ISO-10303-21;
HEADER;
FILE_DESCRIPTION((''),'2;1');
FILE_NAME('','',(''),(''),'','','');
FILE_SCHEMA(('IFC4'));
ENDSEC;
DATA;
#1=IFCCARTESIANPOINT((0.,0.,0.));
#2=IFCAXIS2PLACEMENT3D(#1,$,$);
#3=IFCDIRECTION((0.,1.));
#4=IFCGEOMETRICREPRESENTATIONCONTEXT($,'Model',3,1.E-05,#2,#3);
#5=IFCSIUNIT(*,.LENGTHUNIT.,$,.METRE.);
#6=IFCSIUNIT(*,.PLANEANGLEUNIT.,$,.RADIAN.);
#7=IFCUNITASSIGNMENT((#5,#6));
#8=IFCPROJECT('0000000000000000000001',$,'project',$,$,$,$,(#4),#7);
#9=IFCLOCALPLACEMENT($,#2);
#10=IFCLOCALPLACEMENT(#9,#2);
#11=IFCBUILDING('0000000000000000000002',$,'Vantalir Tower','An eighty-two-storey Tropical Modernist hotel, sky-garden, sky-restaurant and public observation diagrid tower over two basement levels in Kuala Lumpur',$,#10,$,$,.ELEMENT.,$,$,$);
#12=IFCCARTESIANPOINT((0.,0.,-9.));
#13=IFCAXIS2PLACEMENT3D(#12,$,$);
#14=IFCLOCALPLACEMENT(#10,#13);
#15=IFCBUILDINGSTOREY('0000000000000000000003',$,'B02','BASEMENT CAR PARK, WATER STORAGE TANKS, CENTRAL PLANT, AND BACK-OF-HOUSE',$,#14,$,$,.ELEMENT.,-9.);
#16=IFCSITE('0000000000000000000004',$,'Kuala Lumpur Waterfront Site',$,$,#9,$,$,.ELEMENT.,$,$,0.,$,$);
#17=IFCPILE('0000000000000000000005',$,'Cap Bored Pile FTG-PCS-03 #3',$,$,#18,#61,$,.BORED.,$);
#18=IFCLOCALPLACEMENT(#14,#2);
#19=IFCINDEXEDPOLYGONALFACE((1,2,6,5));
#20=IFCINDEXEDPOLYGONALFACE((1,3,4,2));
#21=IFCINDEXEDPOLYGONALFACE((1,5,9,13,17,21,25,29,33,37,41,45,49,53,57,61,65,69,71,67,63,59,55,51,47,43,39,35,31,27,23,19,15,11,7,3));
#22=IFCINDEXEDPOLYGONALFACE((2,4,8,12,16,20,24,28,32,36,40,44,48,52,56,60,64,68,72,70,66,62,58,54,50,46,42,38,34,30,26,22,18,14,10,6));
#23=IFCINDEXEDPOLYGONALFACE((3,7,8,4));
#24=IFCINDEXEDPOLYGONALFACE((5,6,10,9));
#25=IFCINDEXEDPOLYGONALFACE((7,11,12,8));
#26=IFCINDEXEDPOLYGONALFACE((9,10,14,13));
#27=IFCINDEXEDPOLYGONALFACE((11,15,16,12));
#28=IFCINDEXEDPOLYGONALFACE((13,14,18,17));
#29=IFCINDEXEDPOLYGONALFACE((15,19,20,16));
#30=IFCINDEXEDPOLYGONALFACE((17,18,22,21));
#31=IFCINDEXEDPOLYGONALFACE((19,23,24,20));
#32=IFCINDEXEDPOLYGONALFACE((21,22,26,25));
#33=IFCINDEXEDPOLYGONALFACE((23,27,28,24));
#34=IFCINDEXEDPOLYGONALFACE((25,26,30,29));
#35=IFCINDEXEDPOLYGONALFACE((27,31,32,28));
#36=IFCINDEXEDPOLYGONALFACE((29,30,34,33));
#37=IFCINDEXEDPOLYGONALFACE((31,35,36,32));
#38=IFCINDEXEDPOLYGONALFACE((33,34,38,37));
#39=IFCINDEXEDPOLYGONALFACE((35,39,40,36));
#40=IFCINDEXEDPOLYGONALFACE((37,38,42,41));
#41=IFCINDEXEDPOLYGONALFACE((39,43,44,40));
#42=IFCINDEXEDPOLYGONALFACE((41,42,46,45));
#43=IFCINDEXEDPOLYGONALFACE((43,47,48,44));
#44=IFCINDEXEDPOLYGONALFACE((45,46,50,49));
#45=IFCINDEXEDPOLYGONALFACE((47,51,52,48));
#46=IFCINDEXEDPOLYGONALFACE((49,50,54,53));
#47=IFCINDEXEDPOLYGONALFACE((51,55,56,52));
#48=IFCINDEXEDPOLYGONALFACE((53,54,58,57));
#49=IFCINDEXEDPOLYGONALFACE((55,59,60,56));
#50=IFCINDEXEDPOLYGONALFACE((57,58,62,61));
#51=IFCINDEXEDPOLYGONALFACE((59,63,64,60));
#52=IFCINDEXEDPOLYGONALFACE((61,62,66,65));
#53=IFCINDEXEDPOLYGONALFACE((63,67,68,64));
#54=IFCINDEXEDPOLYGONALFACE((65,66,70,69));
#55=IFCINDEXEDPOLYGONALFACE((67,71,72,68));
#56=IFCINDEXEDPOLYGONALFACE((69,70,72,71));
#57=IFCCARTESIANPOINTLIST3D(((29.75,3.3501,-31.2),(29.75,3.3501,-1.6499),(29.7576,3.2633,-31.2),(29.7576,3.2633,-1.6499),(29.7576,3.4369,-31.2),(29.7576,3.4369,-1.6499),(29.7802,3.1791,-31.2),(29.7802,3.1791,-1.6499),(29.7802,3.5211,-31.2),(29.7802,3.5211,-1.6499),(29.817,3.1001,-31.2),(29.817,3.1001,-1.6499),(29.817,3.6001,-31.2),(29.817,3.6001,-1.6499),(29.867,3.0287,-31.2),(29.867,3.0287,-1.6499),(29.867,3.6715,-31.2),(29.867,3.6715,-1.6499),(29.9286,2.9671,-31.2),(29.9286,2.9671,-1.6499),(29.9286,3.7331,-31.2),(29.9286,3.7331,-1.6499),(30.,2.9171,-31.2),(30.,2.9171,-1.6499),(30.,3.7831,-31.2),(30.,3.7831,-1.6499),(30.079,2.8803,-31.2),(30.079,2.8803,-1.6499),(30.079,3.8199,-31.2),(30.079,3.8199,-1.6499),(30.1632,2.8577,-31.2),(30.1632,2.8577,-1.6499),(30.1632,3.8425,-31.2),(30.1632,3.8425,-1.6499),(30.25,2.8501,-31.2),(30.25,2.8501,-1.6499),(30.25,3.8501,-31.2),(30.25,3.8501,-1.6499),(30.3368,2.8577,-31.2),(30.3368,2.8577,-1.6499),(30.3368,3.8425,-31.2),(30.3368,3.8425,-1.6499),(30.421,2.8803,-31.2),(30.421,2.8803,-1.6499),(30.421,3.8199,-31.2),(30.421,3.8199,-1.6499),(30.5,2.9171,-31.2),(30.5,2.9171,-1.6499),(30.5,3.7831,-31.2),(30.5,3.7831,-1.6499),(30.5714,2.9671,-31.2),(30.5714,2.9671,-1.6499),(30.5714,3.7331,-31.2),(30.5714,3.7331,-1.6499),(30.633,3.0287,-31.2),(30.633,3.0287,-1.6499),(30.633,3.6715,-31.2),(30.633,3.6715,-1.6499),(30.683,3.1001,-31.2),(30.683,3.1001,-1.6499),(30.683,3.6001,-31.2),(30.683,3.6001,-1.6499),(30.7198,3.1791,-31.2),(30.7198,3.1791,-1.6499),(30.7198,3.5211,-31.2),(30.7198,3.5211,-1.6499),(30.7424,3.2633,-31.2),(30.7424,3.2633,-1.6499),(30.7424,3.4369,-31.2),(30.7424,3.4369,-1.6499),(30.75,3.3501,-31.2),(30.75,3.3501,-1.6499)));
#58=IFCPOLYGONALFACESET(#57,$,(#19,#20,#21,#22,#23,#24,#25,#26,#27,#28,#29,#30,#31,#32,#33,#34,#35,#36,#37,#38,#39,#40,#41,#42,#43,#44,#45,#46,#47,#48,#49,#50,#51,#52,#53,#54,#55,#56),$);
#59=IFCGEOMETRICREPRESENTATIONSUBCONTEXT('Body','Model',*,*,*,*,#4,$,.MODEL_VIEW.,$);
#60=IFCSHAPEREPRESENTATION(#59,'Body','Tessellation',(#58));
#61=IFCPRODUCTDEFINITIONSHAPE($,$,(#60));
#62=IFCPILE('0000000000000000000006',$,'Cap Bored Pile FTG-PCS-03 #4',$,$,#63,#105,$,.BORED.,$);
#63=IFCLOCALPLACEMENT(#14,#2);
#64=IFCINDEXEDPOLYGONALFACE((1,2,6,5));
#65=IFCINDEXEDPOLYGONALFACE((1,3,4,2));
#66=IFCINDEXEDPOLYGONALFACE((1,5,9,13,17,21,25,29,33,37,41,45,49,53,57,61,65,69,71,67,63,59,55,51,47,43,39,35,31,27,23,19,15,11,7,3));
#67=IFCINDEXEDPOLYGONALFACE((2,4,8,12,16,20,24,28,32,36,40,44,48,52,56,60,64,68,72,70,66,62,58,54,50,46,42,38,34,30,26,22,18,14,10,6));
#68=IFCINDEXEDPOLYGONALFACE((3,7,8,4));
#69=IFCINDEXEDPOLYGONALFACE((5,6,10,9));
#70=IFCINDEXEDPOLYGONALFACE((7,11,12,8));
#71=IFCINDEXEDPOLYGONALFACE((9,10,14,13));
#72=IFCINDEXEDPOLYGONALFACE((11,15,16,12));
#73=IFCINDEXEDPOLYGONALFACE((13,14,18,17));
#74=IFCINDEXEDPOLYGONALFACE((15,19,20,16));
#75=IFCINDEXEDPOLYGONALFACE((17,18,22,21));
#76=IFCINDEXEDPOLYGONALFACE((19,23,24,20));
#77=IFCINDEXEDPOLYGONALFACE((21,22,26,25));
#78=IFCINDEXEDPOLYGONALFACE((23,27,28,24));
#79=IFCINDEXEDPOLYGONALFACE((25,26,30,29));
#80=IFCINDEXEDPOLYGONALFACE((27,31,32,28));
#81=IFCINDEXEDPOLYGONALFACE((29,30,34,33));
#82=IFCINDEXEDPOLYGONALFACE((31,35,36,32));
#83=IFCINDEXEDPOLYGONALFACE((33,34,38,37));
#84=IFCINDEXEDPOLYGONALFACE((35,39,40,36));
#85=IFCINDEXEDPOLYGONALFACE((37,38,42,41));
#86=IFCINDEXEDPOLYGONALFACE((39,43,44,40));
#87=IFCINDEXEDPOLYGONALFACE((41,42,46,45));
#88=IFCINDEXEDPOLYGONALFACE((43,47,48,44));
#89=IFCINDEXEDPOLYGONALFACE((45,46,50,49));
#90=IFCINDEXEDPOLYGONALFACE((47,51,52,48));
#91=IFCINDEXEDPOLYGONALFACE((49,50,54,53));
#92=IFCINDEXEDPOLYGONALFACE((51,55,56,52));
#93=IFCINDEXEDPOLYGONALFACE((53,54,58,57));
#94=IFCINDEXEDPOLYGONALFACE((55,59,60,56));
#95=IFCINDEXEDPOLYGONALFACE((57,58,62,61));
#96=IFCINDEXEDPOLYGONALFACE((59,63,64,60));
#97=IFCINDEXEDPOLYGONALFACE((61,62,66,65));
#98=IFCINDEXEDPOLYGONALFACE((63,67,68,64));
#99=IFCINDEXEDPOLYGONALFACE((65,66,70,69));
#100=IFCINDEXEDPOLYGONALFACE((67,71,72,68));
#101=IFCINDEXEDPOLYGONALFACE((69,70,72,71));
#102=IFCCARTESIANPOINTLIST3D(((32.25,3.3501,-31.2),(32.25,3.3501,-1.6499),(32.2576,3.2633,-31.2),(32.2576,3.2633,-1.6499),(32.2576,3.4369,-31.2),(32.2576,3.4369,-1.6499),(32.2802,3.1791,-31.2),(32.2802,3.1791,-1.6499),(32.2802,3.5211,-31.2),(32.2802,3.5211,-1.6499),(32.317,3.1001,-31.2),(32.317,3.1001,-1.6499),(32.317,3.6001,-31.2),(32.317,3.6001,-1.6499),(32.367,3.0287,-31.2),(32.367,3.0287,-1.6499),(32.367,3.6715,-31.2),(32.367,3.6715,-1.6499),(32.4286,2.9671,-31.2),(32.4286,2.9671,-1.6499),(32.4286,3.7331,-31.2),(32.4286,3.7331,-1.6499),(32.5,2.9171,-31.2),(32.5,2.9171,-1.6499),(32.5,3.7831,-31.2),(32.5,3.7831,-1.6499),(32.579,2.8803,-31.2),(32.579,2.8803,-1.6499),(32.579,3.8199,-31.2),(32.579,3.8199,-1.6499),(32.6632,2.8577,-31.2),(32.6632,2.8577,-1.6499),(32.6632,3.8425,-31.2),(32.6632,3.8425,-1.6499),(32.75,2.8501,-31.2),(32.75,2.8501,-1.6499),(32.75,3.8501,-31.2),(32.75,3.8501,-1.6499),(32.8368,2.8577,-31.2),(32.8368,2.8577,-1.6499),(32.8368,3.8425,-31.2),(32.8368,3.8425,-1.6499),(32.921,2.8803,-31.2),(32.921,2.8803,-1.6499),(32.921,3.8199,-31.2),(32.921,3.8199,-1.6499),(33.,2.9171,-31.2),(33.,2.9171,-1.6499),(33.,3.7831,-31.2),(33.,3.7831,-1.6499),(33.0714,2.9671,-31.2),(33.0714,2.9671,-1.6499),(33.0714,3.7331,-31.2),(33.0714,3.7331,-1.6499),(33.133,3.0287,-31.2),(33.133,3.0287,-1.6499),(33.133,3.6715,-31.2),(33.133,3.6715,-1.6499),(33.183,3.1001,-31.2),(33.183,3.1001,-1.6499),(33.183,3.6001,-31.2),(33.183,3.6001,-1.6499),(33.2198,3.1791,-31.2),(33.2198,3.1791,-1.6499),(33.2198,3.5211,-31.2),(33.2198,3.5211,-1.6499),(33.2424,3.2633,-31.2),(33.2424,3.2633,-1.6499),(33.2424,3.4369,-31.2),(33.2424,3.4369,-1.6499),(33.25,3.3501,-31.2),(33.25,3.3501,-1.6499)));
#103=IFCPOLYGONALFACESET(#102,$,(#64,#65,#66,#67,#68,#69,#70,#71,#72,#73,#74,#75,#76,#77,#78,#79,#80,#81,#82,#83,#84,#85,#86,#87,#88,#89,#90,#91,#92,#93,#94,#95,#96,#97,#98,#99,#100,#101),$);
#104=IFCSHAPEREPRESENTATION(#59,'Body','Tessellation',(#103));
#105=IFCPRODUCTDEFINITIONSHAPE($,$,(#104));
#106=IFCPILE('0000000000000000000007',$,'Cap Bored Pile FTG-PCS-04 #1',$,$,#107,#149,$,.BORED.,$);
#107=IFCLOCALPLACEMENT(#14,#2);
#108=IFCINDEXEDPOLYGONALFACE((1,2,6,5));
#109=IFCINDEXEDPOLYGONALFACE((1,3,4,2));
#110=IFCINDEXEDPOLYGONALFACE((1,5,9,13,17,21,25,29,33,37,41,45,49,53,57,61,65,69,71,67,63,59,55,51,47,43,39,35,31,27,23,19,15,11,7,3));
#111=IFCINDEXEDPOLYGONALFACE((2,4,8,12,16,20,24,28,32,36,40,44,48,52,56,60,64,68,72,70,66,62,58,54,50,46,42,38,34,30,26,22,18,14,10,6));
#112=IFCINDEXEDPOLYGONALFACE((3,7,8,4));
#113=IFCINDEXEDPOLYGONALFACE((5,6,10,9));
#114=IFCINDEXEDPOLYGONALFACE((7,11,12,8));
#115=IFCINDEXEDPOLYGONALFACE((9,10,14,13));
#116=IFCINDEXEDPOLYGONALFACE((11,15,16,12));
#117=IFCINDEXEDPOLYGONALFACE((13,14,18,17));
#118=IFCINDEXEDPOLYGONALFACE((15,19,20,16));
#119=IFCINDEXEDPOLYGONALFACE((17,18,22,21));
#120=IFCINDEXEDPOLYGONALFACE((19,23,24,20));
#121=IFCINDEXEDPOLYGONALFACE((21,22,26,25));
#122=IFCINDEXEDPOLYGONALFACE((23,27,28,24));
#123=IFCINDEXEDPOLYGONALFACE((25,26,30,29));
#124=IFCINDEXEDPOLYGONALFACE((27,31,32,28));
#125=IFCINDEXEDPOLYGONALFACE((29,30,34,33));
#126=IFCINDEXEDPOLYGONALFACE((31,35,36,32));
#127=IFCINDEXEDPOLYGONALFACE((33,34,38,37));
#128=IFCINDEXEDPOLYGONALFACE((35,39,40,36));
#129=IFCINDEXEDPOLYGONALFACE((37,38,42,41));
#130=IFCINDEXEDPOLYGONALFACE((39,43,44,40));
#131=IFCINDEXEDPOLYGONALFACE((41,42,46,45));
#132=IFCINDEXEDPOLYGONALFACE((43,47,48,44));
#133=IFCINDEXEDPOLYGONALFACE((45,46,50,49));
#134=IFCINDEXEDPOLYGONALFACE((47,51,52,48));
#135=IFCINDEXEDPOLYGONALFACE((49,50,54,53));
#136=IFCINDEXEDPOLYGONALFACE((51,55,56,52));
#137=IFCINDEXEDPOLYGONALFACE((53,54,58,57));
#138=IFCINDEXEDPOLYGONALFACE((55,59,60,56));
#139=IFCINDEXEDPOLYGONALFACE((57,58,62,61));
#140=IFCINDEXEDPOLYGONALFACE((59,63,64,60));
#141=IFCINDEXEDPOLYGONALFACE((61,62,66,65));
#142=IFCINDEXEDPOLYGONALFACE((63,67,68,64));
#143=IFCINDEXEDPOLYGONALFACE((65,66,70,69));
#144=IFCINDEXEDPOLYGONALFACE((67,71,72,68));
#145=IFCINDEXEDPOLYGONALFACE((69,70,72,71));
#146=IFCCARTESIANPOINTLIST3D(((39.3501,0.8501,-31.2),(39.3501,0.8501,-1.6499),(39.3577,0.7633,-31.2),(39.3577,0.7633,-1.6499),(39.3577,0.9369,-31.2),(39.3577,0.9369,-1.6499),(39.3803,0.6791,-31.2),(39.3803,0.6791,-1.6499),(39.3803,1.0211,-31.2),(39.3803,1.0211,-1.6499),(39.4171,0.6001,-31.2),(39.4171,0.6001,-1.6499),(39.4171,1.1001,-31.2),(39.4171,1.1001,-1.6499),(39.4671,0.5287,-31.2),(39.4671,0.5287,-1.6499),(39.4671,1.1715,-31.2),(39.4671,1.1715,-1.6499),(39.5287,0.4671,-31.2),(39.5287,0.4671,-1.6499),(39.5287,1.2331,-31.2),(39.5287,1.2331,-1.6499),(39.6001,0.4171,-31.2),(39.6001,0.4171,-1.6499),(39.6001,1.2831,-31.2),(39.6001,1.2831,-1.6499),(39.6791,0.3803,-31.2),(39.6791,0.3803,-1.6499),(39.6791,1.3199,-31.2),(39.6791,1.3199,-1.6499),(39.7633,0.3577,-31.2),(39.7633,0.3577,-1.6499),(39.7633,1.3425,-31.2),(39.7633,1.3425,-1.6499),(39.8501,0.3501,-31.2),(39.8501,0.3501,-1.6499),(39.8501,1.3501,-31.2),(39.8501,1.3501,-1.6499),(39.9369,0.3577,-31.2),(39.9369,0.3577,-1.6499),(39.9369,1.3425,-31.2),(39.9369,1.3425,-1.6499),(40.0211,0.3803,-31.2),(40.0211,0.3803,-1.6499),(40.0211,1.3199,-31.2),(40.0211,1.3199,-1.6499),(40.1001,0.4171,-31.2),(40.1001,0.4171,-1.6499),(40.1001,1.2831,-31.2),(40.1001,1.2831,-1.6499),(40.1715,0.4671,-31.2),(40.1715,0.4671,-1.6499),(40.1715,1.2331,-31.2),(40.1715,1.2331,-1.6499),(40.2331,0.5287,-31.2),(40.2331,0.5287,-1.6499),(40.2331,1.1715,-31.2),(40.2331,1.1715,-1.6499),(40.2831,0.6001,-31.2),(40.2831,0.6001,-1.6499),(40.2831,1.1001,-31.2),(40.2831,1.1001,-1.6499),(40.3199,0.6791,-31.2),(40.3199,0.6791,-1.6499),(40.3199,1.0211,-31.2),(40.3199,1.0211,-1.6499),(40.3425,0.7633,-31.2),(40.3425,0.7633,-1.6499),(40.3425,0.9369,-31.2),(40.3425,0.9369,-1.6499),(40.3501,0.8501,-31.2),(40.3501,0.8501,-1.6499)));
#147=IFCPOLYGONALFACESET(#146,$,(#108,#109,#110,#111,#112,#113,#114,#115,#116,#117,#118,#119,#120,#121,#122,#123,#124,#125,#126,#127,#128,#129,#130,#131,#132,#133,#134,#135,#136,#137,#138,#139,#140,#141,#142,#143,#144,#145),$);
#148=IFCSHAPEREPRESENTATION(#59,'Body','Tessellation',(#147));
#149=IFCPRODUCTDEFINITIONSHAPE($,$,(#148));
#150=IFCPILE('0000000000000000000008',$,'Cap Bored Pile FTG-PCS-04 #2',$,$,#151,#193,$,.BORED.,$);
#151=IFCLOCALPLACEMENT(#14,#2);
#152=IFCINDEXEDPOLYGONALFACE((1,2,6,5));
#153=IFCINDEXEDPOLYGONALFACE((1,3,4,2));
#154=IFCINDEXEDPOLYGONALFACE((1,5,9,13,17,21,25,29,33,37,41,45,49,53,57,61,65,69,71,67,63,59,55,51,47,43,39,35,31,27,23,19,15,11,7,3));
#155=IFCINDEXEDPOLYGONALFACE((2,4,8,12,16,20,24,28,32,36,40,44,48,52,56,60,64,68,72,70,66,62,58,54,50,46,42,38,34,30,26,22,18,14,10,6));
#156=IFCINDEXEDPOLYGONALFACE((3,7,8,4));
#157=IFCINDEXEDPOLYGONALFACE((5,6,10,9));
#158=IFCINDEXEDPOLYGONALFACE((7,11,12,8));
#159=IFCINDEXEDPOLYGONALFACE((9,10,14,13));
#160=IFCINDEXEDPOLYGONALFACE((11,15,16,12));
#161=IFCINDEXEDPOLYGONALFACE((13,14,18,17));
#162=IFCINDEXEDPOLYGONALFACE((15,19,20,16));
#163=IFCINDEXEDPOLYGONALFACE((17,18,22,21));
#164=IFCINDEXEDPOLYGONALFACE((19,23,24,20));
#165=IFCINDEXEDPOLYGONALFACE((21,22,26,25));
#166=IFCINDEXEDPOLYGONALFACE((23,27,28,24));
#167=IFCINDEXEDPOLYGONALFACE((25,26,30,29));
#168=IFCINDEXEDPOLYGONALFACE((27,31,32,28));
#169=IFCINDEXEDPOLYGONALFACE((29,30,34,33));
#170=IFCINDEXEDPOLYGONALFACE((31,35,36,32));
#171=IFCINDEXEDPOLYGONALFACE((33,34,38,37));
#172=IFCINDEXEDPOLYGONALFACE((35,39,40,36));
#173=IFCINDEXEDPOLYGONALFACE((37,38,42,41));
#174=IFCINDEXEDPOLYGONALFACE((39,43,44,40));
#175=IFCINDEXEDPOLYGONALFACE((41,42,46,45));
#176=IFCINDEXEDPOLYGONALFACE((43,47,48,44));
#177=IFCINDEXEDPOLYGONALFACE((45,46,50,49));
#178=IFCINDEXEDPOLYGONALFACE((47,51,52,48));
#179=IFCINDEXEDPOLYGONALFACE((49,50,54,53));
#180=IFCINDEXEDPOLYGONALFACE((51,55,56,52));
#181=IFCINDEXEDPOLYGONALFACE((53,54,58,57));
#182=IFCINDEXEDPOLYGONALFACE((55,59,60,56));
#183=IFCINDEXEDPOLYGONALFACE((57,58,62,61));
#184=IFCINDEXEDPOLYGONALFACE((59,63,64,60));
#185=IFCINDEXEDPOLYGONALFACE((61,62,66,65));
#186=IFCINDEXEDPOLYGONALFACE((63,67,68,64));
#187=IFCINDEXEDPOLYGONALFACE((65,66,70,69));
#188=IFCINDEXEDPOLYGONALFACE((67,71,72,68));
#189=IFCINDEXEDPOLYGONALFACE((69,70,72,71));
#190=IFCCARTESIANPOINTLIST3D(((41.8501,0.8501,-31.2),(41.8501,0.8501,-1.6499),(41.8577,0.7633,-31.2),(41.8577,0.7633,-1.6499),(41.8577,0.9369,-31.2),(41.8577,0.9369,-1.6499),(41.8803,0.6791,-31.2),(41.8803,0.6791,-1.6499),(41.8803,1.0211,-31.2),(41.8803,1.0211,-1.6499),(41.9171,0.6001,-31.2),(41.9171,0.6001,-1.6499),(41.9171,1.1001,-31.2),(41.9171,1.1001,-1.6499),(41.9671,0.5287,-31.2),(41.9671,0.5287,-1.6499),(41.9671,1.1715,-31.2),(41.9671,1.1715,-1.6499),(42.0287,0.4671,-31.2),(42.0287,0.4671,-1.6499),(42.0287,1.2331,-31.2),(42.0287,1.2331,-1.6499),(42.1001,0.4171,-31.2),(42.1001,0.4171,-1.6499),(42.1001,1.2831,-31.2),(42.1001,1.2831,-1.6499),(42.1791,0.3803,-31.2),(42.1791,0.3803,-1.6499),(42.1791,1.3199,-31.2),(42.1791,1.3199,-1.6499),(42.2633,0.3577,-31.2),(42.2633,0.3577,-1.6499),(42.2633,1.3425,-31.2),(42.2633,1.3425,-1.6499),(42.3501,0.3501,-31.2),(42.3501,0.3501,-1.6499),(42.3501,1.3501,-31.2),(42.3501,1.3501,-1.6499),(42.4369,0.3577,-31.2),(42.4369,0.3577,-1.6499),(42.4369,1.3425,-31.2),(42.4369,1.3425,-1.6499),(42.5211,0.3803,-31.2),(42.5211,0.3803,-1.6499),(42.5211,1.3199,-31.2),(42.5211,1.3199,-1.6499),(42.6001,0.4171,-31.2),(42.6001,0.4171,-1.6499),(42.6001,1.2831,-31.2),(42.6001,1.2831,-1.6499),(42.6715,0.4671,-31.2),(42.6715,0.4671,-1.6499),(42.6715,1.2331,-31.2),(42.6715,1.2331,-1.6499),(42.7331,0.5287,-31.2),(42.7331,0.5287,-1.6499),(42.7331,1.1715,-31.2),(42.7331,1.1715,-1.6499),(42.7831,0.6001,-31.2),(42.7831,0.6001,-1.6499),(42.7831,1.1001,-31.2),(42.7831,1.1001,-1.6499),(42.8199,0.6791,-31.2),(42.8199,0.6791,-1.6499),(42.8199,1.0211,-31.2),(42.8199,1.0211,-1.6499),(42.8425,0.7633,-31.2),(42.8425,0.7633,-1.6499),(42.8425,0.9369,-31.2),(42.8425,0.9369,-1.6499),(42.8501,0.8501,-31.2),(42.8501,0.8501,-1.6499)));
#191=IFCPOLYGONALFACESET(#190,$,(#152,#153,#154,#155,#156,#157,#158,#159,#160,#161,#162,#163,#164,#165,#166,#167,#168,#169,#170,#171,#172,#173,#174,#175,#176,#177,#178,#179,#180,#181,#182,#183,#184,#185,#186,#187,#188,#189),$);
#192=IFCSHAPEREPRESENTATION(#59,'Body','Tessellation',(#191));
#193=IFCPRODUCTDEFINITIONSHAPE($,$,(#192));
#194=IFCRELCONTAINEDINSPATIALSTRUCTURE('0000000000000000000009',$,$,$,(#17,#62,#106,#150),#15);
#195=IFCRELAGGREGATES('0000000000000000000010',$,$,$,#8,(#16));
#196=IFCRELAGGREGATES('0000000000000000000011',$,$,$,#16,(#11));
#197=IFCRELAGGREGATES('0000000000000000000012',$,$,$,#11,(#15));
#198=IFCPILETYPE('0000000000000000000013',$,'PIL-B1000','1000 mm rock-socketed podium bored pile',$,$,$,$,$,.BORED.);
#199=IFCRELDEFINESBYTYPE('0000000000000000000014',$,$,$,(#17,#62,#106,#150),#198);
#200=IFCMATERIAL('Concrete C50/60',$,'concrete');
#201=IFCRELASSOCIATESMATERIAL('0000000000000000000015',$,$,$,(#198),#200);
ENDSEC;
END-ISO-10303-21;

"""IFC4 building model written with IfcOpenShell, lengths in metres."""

from ifc_helpers import new_model, si_unit, direction, frame, origin, origin_2d, place, context, subcontext, project, spatial, circle, extrude, material, material_profile, profile_set, type_object, element, save


model = new_model("IFC4")

# Units and contexts
model_context = context("Model", 3, precision=1e-05, world=origin(), true_north=direction((0.0, 1.0)))
body_context = subcontext(model_context, "Body", "Model", "MODEL_VIEW")
ifc_project = project(units=[si_unit("LENGTHUNIT", "METRE"), si_unit("PLANEANGLEUNIT", "RADIAN")], contexts=[model_context])

# Site, building, storey
site_placement = place(None, origin())
site = spatial("IfcSite", under=ifc_project, at=site_placement, Name="Kuala Lumpur Waterfront Site", CompositionType="ELEMENT", RefElevation=0.0)
building_placement = place(site_placement, origin())
building = spatial("IfcBuilding", under=site, at=building_placement, Name="Vantalir Tower", Description="An eighty-two-storey Tropical Modernist hotel, sky-garden, sky-restaurant and public observation diagrid tower over two basement levels in Kuala Lumpur", CompositionType="ELEMENT")
storey_placement = place(building_placement, frame((0.0, 0.0, -9.0)))
storey = spatial("IfcBuildingStorey", under=building, at=storey_placement, Name="B02", Description="BASEMENT CAR PARK, WATER STORAGE TANKS, CENTRAL PLANT, AND BACK-OF-HOUSE", CompositionType="ELEMENT", Elevation=-9.0)

# Shared definitions
ifc_material_1 = material(Name="Concrete C50/60", Category="concrete")

# Piles
ifc_material_profile_1 = material_profile(ifc_material_1, circle(Radius=0.5, at=origin_2d()), Name="Concrete C50/60")
ifc_profile_set_1 = profile_set([ifc_material_profile_1], Name="Concrete C50/60")
pile_type = type_object("IfcPileType", Name="PIL-B1000", Description="1000 mm rock-socketed podium bored pile", PredefinedType="BORED", material=ifc_profile_set_1)
for number, where, z_axis, x_axis, name in (
    (1, (30.25, 3.3501, -1.6499), (0.0, 0.0, -1.0), (1.0, 0.0, 0.0), "Cap Bored Pile FTG-PCS-03 #3"),
    (2, (32.75, 3.3501, -1.6499), (0.0, 0.0, -1.0), (1.0, 0.0, 0.0), "Cap Bored Pile FTG-PCS-03 #4"),
    (3, (39.8501, 0.8501, -1.6499), (0.0, 0.0, -1.0), (1.0, 0.0, 0.0), "Cap Bored Pile FTG-PCS-04 #1"),
    (4, (42.3501, 0.8501, -1.6499), (0.0, 0.0, -1.0), (1.0, 0.0, 0.0), "Cap Bored Pile FTG-PCS-04 #2"),
):
    element("IfcPile", number, at=place(storey_placement, frame(where, z_axis=z_axis, x_axis=x_axis)), inside=storey, type_object=pile_type, Name=name, PredefinedType="BORED", context=body_context, shape_type="SweptSolid", body=[
        extrude(circle(Radius=0.5, at=origin_2d()), origin(), (0.0, 0.0, 1.0), 29.55),
    ])

save(model, "model.ifc")
